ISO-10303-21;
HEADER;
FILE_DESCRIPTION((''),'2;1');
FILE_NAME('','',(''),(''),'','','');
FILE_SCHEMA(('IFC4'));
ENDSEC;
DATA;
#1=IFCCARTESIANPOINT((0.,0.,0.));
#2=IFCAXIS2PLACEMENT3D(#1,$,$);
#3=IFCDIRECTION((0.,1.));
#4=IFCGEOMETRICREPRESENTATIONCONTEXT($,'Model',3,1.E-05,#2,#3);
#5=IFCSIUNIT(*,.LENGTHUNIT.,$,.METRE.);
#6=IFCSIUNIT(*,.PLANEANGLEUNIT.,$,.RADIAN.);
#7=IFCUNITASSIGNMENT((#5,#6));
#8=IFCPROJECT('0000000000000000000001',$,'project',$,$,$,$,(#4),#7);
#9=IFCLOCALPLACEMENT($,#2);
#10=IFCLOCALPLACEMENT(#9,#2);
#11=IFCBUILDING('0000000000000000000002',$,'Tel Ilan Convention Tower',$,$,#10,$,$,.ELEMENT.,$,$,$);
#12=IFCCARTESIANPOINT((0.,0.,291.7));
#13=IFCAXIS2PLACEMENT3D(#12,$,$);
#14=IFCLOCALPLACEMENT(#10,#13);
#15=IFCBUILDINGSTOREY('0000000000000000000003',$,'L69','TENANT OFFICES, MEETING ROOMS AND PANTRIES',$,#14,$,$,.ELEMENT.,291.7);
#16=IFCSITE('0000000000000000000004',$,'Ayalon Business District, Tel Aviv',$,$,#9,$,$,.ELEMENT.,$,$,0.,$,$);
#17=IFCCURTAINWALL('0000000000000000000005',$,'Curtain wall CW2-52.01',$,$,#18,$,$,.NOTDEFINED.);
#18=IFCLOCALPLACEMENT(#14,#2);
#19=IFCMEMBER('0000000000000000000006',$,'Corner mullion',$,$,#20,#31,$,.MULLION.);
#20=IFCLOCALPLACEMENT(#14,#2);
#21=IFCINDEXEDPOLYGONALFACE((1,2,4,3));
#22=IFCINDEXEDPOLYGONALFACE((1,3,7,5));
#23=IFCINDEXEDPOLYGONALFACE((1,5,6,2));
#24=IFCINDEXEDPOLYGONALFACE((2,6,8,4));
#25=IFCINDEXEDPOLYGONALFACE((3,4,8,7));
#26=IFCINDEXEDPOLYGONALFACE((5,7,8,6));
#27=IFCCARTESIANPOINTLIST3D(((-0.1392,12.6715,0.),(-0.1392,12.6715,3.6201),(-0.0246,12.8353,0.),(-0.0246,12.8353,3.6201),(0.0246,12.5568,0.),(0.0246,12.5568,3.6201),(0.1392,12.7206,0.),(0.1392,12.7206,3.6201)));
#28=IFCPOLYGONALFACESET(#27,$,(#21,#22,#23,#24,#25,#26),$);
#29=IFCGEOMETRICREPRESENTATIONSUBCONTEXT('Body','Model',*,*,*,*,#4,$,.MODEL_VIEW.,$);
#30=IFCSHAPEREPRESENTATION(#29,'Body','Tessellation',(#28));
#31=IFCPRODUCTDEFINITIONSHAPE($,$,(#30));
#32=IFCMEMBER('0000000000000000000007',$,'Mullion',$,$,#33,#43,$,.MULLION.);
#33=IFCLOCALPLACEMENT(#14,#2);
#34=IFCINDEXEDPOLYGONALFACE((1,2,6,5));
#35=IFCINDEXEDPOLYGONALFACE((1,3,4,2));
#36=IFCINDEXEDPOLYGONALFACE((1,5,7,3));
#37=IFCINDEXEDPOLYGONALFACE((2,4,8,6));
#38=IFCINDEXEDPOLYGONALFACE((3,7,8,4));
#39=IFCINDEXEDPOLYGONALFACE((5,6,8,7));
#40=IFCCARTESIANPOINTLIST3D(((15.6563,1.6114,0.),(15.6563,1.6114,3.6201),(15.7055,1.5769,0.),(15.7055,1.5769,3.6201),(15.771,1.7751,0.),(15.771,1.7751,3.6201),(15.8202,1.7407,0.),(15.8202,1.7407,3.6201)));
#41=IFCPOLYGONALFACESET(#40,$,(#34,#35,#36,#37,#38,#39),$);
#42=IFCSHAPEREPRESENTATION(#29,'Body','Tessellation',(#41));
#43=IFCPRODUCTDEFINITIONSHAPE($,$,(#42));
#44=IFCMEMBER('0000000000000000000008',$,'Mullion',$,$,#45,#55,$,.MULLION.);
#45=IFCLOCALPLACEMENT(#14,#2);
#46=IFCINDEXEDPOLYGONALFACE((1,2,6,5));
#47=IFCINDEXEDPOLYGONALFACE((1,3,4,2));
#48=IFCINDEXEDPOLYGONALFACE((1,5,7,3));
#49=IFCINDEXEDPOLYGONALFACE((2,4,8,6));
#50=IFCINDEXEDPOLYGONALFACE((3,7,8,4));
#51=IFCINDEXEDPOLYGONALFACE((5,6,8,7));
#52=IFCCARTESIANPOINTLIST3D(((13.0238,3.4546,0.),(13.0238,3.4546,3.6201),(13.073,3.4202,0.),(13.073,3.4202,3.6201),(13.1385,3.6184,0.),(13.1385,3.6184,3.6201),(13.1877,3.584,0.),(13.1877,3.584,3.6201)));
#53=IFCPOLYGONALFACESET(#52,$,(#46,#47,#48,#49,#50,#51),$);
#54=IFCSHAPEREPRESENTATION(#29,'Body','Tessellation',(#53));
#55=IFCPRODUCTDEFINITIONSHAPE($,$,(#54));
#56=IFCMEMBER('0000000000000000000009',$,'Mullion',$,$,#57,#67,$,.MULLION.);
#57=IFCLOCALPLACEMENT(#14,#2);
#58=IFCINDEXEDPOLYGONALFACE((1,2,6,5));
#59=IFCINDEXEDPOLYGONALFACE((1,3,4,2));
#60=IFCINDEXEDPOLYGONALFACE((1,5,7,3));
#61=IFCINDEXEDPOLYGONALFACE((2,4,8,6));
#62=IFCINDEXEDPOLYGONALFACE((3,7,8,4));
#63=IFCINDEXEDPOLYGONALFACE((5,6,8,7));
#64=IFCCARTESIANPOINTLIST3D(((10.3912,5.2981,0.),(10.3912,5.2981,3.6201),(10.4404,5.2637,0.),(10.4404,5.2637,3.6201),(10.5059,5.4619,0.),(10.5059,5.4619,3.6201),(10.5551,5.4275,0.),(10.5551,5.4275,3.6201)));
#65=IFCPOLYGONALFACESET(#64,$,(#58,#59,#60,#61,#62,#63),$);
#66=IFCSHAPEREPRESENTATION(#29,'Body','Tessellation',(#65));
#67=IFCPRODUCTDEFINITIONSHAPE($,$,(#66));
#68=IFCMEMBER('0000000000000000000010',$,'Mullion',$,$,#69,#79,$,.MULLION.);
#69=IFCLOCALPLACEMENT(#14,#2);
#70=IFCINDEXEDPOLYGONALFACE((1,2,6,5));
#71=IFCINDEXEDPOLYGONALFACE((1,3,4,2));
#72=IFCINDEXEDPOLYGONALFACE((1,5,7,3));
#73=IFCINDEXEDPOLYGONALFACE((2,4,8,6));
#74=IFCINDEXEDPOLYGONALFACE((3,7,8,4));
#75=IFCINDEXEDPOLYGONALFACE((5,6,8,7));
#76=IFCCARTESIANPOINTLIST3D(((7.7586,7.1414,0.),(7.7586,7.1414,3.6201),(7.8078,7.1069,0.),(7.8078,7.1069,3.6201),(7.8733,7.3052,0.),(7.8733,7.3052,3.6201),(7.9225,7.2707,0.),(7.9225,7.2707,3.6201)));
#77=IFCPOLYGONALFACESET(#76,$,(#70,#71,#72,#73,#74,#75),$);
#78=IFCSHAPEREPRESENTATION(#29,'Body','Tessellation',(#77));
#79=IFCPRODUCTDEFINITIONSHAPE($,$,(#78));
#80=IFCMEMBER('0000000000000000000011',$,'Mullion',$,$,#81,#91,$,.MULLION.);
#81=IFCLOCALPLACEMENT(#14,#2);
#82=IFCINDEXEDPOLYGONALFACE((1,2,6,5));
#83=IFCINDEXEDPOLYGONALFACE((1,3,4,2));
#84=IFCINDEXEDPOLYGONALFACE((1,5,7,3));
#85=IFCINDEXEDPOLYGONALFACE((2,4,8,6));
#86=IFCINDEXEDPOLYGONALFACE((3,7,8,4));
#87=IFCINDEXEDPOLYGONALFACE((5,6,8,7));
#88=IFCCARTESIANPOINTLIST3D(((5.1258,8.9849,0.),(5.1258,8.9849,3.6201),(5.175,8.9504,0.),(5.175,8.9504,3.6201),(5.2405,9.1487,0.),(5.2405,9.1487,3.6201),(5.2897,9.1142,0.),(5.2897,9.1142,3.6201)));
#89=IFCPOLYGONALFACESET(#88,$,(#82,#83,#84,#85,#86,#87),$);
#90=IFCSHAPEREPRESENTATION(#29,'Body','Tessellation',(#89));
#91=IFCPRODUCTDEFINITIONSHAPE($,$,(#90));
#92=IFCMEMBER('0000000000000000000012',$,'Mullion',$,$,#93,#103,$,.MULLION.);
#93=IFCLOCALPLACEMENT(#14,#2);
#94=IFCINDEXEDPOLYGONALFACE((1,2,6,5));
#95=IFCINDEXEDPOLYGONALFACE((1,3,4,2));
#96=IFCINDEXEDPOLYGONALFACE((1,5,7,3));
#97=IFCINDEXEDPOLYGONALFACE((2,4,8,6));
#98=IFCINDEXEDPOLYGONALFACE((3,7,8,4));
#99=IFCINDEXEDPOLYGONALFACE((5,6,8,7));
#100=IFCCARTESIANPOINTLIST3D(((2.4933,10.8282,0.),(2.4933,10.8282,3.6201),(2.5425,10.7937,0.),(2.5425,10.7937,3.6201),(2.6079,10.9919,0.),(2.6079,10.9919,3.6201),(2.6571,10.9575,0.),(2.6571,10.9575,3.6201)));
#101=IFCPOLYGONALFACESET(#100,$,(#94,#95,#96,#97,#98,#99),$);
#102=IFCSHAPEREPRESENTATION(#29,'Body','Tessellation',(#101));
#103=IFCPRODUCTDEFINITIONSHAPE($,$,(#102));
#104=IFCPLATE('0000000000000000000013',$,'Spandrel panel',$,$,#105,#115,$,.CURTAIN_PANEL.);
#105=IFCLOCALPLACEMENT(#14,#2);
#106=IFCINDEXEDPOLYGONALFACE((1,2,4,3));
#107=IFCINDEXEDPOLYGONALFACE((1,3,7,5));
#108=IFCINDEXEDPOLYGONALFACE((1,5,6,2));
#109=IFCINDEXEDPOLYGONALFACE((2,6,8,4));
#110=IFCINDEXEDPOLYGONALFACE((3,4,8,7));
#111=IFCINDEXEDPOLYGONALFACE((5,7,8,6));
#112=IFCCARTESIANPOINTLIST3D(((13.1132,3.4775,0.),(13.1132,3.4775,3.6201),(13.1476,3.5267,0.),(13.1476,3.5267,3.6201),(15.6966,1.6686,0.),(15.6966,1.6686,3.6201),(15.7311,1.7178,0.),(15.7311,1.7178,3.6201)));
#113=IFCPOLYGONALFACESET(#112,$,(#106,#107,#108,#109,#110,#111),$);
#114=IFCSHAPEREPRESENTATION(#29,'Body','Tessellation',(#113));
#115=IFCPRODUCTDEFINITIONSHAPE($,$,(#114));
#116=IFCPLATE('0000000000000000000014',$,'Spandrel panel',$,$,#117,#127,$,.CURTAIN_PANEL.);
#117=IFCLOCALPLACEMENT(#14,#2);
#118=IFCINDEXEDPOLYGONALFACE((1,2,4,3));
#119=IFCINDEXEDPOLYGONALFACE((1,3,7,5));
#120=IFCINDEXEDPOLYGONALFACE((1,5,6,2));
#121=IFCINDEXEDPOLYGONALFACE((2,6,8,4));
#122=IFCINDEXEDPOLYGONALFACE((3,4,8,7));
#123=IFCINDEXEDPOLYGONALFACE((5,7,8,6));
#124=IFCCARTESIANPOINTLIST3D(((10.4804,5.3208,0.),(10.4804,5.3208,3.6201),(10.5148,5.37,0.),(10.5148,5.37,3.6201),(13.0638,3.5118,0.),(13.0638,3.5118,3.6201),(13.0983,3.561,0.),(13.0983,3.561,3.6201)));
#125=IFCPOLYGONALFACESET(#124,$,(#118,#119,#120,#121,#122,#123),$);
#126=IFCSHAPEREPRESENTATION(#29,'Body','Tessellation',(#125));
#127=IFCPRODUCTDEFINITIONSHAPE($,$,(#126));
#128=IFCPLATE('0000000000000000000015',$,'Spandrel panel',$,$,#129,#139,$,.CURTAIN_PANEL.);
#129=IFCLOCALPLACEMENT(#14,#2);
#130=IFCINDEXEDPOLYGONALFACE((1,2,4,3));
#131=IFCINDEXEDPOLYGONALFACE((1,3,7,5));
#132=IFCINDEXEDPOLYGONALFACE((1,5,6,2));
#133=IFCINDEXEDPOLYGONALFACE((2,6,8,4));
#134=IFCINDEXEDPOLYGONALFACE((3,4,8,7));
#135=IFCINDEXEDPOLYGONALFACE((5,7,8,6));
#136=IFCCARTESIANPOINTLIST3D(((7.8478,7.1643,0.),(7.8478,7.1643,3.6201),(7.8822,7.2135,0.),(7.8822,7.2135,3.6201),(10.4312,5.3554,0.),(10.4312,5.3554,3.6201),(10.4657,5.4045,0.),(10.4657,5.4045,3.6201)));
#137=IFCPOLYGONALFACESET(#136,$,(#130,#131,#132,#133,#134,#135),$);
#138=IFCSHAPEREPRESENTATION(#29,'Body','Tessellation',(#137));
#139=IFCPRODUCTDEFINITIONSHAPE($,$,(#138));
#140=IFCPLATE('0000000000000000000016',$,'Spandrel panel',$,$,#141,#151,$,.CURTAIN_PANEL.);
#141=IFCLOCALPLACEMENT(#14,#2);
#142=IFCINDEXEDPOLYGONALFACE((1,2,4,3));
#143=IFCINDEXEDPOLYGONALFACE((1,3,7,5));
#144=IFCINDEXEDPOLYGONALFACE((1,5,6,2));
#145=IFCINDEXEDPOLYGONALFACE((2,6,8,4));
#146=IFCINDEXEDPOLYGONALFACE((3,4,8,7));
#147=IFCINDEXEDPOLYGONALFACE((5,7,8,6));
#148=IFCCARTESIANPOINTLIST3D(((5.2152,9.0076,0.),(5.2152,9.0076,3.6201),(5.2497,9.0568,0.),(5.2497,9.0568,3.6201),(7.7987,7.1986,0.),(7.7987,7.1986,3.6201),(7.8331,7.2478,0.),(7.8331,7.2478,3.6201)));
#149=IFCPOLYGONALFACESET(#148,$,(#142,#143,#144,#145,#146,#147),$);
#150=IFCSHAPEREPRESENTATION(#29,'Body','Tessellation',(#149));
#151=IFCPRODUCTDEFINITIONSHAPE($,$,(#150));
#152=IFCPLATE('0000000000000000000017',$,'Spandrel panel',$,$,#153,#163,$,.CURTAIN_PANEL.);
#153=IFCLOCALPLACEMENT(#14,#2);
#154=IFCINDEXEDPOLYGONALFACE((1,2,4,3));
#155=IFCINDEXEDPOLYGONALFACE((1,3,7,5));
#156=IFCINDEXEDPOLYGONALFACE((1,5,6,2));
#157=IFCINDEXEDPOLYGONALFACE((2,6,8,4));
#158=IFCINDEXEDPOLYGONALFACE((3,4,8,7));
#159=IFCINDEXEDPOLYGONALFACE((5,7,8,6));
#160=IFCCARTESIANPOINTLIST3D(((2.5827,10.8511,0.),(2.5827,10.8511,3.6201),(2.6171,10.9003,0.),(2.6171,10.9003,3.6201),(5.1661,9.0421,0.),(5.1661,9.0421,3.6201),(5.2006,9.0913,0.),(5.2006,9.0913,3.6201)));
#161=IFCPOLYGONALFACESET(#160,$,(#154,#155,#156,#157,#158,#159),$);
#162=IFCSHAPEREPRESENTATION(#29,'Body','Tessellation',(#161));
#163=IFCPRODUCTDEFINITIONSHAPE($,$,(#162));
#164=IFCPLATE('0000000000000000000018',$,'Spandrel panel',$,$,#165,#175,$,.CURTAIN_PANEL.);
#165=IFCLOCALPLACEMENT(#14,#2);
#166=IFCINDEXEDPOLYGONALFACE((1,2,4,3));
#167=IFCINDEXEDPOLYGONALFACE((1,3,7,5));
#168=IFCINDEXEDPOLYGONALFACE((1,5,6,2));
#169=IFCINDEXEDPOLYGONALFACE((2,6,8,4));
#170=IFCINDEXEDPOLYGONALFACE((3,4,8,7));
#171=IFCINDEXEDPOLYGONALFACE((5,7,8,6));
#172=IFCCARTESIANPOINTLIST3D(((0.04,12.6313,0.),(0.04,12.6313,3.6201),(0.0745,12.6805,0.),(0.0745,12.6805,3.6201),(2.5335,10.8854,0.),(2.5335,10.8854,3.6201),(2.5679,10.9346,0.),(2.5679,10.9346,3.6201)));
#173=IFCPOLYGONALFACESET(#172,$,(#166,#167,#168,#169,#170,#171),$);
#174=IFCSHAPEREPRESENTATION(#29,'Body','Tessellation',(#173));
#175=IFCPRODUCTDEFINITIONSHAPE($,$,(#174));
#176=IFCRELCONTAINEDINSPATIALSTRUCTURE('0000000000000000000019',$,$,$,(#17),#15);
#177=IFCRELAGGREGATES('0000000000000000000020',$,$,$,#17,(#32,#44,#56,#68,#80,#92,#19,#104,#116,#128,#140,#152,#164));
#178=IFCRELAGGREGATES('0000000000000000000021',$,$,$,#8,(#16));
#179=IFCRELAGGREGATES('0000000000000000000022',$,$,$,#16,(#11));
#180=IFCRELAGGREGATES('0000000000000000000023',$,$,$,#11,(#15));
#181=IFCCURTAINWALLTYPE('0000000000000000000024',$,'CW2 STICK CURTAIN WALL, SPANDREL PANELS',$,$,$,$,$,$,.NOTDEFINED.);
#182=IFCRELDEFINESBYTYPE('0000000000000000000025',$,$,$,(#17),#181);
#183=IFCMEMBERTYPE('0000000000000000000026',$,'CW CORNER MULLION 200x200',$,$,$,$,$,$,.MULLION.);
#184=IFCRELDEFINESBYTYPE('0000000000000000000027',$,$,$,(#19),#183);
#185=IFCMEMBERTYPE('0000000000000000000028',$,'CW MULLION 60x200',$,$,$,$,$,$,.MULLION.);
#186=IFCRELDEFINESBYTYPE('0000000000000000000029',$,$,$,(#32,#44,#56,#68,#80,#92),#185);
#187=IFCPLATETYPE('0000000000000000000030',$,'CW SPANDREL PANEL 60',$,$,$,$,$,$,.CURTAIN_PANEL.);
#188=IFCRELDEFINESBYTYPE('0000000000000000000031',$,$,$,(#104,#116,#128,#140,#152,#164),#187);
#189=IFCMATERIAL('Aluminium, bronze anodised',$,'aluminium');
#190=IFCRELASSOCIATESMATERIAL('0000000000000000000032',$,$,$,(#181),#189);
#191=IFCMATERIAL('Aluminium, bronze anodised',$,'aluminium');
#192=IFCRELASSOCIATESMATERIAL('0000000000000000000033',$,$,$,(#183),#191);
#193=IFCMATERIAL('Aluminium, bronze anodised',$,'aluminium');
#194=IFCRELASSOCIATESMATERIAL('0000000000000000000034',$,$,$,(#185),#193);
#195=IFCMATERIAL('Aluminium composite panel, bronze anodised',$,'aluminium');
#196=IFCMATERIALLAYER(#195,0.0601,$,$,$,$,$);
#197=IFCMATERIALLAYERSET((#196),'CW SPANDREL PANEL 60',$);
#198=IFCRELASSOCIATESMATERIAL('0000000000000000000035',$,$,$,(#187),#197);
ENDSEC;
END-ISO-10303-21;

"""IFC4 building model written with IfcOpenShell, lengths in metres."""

from ifc_helpers import new_model, si_unit, direction, frame, origin, origin_2d, place, context, subcontext, project, spatial, rectangle, extrude, material, layer, layer_set, material_profile, profile_set, type_object, element, aggregate, save


model = new_model("IFC4")

# Units and contexts
model_context = context("Model", 3, precision=1e-05, world=origin(), true_north=direction((0.0, 1.0)))
body_context = subcontext(model_context, "Body", "Model", "MODEL_VIEW")
ifc_project = project(units=[si_unit("LENGTHUNIT", "METRE"), si_unit("PLANEANGLEUNIT", "RADIAN")], contexts=[model_context])

# Site, building, storey
site_placement = place(None, origin())
site = spatial("IfcSite", under=ifc_project, at=site_placement, Name="Ayalon Business District, Tel Aviv", CompositionType="ELEMENT", RefElevation=0.0)
building_placement = place(site_placement, origin())
building = spatial("IfcBuilding", under=site, at=building_placement, Name="Tel Ilan Convention Tower", CompositionType="ELEMENT")
storey_placement = place(building_placement, frame((0.0, 0.0, 291.7)))
storey = spatial("IfcBuildingStorey", under=building, at=storey_placement, Name="L69", Description="TENANT OFFICES, MEETING ROOMS AND PANTRIES", CompositionType="ELEMENT", Elevation=291.7)

# Curtain wall, members, plates
ifc_material_1 = material(Name="Aluminium, bronze anodised", Category="aluminium")
curtain_wall_type = type_object("IfcCurtainWallType", Name="CW2 STICK CURTAIN WALL, SPANDREL PANELS", PredefinedType="NOTDEFINED", material=ifc_material_1)
curtain_wall_placement = place(storey_placement, origin())
curtain_wall = element("IfcCurtainWall", 1, at=curtain_wall_placement, inside=storey, type_object=curtain_wall_type, Name="Curtain wall CW2-52.01", PredefinedType="NOTDEFINED")
ifc_material_2 = material(Name="Aluminium, bronze anodised", Category="aluminium")
ifc_material_profile_1 = material_profile(ifc_material_2, rectangle(XDim=0.2, YDim=0.2, at=origin_2d()), Name="CW CORNER MULLION 200x200")
ifc_profile_set_1 = profile_set([ifc_material_profile_1], Name="Aluminium, bronze anodised")
member_type_1 = type_object("IfcMemberType", Name="CW CORNER MULLION 200x200", PredefinedType="MULLION", material=ifc_profile_set_1)
member_1_placement = place(storey_placement, frame((0.0, 12.696, 0.0), z_axis=(0.0, 0.0, 1.0), x_axis=(-0.819152, 0.573576, 0.0)))
member_1 = element("IfcMember", 2, at=member_1_placement, type_object=member_type_1, Name="Corner mullion", PredefinedType="MULLION", context=body_context, shape_type="SweptSolid", body=[
    extrude(rectangle(XDim=0.2, YDim=0.2, at=origin_2d()), origin(), (0.0, 0.0, 1.0), 3.6201),
])
ifc_material_3 = material(Name="Aluminium, bronze anodised", Category="aluminium")
ifc_material_profile_2 = material_profile(ifc_material_3, rectangle(XDim=0.0601, YDim=0.2, at=origin_2d()), Name="CW MULLION 60x200")
ifc_profile_set_2 = profile_set([ifc_material_profile_2], Name="Aluminium, bronze anodised")
member_type_2 = type_object("IfcMemberType", Name="CW MULLION 60x200", PredefinedType="MULLION", material=ifc_profile_set_2)
member_2_placement = place(storey_placement, frame((15.7383, 1.676, 0.0), z_axis=(0.0, 0.0, 1.0), x_axis=(-0.819152, 0.573576, 0.0)))
member_2 = element("IfcMember", 3, at=member_2_placement, type_object=member_type_2, Name="Mullion", PredefinedType="MULLION", context=body_context, shape_type="SweptSolid", body=[
    extrude(rectangle(XDim=0.0601, YDim=0.2, at=origin_2d()), origin(), (0.0, 0.0, 1.0), 3.6201),
])
member_3_placement = place(storey_placement, frame((13.1057, 3.5193, 0.0), z_axis=(0.0, 0.0, 1.0), x_axis=(-0.819152, 0.573576, 0.0)))
member_3 = element("IfcMember", 4, at=member_3_placement, type_object=member_type_2, Name="Mullion", PredefinedType="MULLION", context=body_context, shape_type="SweptSolid", body=[
    extrude(rectangle(XDim=0.0601, YDim=0.2, at=origin_2d()), origin(), (0.0, 0.0, 1.0), 3.6201),
])
member_4_placement = place(storey_placement, frame((10.4731, 5.3628, 0.0), z_axis=(0.0, 0.0, 1.0), x_axis=(-0.819152, 0.573576, 0.0)))
member_4 = element("IfcMember", 5, at=member_4_placement, type_object=member_type_2, Name="Mullion", PredefinedType="MULLION", context=body_context, shape_type="SweptSolid", body=[
    extrude(rectangle(XDim=0.0601, YDim=0.2, at=origin_2d()), origin(), (0.0, 0.0, 1.0), 3.6201),
])
member_5_placement = place(storey_placement, frame((7.8406, 7.2061, 0.0), z_axis=(0.0, 0.0, 1.0), x_axis=(-0.819152, 0.573576, 0.0)))
member_5 = element("IfcMember", 6, at=member_5_placement, type_object=member_type_2, Name="Mullion", PredefinedType="MULLION", context=body_context, shape_type="SweptSolid", body=[
    extrude(rectangle(XDim=0.0601, YDim=0.2, at=origin_2d()), origin(), (0.0, 0.0, 1.0), 3.6201),
])
member_6_placement = place(storey_placement, frame((5.2078, 9.0496, 0.0), z_axis=(0.0, 0.0, 1.0), x_axis=(-0.819152, 0.573576, 0.0)))
member_6 = element("IfcMember", 7, at=member_6_placement, type_object=member_type_2, Name="Mullion", PredefinedType="MULLION", context=body_context, shape_type="SweptSolid", body=[
    extrude(rectangle(XDim=0.0601, YDim=0.2, at=origin_2d()), origin(), (0.0, 0.0, 1.0), 3.6201),
])
member_7_placement = place(storey_placement, frame((2.5752, 10.8928, 0.0), z_axis=(0.0, 0.0, 1.0), x_axis=(-0.819152, 0.573576, 0.0)))
member_7 = element("IfcMember", 8, at=member_7_placement, type_object=member_type_2, Name="Mullion", PredefinedType="MULLION", context=body_context, shape_type="SweptSolid", body=[
    extrude(rectangle(XDim=0.0601, YDim=0.2, at=origin_2d()), origin(), (0.0, 0.0, 1.0), 3.6201),
])
ifc_material_4 = material(Name="Aluminium composite panel, bronze anodised", Category="aluminium")
ifc_layer_1 = layer(ifc_material_4, 0.0601)
ifc_layer_set_1 = layer_set([ifc_layer_1], Name="CW SPANDREL PANEL 60")
plate_type = type_object("IfcPlateType", Name="CW SPANDREL PANEL 60", PredefinedType="CURTAIN_PANEL", material=ifc_layer_set_1)
plate_1_placement = place(storey_placement, frame((14.4221, 2.5977, 0.0), z_axis=(0.0, 0.0, 1.0), x_axis=(-0.819152, 0.573576, 0.0)))
plate_1 = element("IfcPlate", 9, at=plate_1_placement, type_object=plate_type, Name="Spandrel panel", PredefinedType="CURTAIN_PANEL", context=body_context, shape_type="SweptSolid", body=[
    extrude(rectangle(XDim=3.1538, YDim=0.0601, at=origin_2d()), origin(), (0.0, 0.0, 1.0), 3.6201),
])
plate_2_placement = place(storey_placement, frame((11.7893, 4.4409, 0.0), z_axis=(0.0, 0.0, 1.0), x_axis=(-0.819152, 0.573576, 0.0)))
plate_2 = element("IfcPlate", 10, at=plate_2_placement, type_object=plate_type, Name="Spandrel panel", PredefinedType="CURTAIN_PANEL", context=body_context, shape_type="SweptSolid", body=[
    extrude(rectangle(XDim=3.1538, YDim=0.0601, at=origin_2d()), origin(), (0.0, 0.0, 1.0), 3.6201),
])
plate_3_placement = place(storey_placement, frame((9.1567, 6.2844, 0.0), z_axis=(0.0, 0.0, 1.0), x_axis=(-0.819152, 0.573576, 0.0)))
plate_3 = element("IfcPlate", 11, at=plate_3_placement, type_object=plate_type, Name="Spandrel panel", PredefinedType="CURTAIN_PANEL", context=body_context, shape_type="SweptSolid", body=[
    extrude(rectangle(XDim=3.1538, YDim=0.0601, at=origin_2d()), origin(), (0.0, 0.0, 1.0), 3.6201),
])
plate_4_placement = place(storey_placement, frame((6.5242, 8.1277, 0.0), z_axis=(0.0, 0.0, 1.0), x_axis=(-0.819152, 0.573576, 0.0)))
plate_4 = element("IfcPlate", 12, at=plate_4_placement, type_object=plate_type, Name="Spandrel panel", PredefinedType="CURTAIN_PANEL", context=body_context, shape_type="SweptSolid", body=[
    extrude(rectangle(XDim=3.1538, YDim=0.0601, at=origin_2d()), origin(), (0.0, 0.0, 1.0), 3.6201),
])
plate_5_placement = place(storey_placement, frame((3.8916, 9.9712, 0.0), z_axis=(0.0, 0.0, 1.0), x_axis=(-0.819152, 0.573576, 0.0)))
plate_5 = element("IfcPlate", 13, at=plate_5_placement, type_object=plate_type, Name="Spandrel panel", PredefinedType="CURTAIN_PANEL", context=body_context, shape_type="SweptSolid", body=[
    extrude(rectangle(XDim=3.1538, YDim=0.0601, at=origin_2d()), origin(), (0.0, 0.0, 1.0), 3.6201),
])
plate_6_placement = place(storey_placement, frame((1.304, 11.783, 0.0), z_axis=(0.0, 0.0, 1.0), x_axis=(-0.819152, 0.573576, 0.0)))
plate_6 = element("IfcPlate", 14, at=plate_6_placement, type_object=plate_type, Name="Spandrel panel", PredefinedType="CURTAIN_PANEL", context=body_context, shape_type="SweptSolid", body=[
    extrude(rectangle(XDim=3.0439, YDim=0.0601, at=origin_2d()), origin(), (0.0, 0.0, 1.0), 3.6201),
])
aggregate(curtain_wall, [member_2, member_3, member_4, member_5, member_6, member_7, member_1, plate_1, plate_2, plate_3, plate_4, plate_5, plate_6])

save(model, "model.ifc")
